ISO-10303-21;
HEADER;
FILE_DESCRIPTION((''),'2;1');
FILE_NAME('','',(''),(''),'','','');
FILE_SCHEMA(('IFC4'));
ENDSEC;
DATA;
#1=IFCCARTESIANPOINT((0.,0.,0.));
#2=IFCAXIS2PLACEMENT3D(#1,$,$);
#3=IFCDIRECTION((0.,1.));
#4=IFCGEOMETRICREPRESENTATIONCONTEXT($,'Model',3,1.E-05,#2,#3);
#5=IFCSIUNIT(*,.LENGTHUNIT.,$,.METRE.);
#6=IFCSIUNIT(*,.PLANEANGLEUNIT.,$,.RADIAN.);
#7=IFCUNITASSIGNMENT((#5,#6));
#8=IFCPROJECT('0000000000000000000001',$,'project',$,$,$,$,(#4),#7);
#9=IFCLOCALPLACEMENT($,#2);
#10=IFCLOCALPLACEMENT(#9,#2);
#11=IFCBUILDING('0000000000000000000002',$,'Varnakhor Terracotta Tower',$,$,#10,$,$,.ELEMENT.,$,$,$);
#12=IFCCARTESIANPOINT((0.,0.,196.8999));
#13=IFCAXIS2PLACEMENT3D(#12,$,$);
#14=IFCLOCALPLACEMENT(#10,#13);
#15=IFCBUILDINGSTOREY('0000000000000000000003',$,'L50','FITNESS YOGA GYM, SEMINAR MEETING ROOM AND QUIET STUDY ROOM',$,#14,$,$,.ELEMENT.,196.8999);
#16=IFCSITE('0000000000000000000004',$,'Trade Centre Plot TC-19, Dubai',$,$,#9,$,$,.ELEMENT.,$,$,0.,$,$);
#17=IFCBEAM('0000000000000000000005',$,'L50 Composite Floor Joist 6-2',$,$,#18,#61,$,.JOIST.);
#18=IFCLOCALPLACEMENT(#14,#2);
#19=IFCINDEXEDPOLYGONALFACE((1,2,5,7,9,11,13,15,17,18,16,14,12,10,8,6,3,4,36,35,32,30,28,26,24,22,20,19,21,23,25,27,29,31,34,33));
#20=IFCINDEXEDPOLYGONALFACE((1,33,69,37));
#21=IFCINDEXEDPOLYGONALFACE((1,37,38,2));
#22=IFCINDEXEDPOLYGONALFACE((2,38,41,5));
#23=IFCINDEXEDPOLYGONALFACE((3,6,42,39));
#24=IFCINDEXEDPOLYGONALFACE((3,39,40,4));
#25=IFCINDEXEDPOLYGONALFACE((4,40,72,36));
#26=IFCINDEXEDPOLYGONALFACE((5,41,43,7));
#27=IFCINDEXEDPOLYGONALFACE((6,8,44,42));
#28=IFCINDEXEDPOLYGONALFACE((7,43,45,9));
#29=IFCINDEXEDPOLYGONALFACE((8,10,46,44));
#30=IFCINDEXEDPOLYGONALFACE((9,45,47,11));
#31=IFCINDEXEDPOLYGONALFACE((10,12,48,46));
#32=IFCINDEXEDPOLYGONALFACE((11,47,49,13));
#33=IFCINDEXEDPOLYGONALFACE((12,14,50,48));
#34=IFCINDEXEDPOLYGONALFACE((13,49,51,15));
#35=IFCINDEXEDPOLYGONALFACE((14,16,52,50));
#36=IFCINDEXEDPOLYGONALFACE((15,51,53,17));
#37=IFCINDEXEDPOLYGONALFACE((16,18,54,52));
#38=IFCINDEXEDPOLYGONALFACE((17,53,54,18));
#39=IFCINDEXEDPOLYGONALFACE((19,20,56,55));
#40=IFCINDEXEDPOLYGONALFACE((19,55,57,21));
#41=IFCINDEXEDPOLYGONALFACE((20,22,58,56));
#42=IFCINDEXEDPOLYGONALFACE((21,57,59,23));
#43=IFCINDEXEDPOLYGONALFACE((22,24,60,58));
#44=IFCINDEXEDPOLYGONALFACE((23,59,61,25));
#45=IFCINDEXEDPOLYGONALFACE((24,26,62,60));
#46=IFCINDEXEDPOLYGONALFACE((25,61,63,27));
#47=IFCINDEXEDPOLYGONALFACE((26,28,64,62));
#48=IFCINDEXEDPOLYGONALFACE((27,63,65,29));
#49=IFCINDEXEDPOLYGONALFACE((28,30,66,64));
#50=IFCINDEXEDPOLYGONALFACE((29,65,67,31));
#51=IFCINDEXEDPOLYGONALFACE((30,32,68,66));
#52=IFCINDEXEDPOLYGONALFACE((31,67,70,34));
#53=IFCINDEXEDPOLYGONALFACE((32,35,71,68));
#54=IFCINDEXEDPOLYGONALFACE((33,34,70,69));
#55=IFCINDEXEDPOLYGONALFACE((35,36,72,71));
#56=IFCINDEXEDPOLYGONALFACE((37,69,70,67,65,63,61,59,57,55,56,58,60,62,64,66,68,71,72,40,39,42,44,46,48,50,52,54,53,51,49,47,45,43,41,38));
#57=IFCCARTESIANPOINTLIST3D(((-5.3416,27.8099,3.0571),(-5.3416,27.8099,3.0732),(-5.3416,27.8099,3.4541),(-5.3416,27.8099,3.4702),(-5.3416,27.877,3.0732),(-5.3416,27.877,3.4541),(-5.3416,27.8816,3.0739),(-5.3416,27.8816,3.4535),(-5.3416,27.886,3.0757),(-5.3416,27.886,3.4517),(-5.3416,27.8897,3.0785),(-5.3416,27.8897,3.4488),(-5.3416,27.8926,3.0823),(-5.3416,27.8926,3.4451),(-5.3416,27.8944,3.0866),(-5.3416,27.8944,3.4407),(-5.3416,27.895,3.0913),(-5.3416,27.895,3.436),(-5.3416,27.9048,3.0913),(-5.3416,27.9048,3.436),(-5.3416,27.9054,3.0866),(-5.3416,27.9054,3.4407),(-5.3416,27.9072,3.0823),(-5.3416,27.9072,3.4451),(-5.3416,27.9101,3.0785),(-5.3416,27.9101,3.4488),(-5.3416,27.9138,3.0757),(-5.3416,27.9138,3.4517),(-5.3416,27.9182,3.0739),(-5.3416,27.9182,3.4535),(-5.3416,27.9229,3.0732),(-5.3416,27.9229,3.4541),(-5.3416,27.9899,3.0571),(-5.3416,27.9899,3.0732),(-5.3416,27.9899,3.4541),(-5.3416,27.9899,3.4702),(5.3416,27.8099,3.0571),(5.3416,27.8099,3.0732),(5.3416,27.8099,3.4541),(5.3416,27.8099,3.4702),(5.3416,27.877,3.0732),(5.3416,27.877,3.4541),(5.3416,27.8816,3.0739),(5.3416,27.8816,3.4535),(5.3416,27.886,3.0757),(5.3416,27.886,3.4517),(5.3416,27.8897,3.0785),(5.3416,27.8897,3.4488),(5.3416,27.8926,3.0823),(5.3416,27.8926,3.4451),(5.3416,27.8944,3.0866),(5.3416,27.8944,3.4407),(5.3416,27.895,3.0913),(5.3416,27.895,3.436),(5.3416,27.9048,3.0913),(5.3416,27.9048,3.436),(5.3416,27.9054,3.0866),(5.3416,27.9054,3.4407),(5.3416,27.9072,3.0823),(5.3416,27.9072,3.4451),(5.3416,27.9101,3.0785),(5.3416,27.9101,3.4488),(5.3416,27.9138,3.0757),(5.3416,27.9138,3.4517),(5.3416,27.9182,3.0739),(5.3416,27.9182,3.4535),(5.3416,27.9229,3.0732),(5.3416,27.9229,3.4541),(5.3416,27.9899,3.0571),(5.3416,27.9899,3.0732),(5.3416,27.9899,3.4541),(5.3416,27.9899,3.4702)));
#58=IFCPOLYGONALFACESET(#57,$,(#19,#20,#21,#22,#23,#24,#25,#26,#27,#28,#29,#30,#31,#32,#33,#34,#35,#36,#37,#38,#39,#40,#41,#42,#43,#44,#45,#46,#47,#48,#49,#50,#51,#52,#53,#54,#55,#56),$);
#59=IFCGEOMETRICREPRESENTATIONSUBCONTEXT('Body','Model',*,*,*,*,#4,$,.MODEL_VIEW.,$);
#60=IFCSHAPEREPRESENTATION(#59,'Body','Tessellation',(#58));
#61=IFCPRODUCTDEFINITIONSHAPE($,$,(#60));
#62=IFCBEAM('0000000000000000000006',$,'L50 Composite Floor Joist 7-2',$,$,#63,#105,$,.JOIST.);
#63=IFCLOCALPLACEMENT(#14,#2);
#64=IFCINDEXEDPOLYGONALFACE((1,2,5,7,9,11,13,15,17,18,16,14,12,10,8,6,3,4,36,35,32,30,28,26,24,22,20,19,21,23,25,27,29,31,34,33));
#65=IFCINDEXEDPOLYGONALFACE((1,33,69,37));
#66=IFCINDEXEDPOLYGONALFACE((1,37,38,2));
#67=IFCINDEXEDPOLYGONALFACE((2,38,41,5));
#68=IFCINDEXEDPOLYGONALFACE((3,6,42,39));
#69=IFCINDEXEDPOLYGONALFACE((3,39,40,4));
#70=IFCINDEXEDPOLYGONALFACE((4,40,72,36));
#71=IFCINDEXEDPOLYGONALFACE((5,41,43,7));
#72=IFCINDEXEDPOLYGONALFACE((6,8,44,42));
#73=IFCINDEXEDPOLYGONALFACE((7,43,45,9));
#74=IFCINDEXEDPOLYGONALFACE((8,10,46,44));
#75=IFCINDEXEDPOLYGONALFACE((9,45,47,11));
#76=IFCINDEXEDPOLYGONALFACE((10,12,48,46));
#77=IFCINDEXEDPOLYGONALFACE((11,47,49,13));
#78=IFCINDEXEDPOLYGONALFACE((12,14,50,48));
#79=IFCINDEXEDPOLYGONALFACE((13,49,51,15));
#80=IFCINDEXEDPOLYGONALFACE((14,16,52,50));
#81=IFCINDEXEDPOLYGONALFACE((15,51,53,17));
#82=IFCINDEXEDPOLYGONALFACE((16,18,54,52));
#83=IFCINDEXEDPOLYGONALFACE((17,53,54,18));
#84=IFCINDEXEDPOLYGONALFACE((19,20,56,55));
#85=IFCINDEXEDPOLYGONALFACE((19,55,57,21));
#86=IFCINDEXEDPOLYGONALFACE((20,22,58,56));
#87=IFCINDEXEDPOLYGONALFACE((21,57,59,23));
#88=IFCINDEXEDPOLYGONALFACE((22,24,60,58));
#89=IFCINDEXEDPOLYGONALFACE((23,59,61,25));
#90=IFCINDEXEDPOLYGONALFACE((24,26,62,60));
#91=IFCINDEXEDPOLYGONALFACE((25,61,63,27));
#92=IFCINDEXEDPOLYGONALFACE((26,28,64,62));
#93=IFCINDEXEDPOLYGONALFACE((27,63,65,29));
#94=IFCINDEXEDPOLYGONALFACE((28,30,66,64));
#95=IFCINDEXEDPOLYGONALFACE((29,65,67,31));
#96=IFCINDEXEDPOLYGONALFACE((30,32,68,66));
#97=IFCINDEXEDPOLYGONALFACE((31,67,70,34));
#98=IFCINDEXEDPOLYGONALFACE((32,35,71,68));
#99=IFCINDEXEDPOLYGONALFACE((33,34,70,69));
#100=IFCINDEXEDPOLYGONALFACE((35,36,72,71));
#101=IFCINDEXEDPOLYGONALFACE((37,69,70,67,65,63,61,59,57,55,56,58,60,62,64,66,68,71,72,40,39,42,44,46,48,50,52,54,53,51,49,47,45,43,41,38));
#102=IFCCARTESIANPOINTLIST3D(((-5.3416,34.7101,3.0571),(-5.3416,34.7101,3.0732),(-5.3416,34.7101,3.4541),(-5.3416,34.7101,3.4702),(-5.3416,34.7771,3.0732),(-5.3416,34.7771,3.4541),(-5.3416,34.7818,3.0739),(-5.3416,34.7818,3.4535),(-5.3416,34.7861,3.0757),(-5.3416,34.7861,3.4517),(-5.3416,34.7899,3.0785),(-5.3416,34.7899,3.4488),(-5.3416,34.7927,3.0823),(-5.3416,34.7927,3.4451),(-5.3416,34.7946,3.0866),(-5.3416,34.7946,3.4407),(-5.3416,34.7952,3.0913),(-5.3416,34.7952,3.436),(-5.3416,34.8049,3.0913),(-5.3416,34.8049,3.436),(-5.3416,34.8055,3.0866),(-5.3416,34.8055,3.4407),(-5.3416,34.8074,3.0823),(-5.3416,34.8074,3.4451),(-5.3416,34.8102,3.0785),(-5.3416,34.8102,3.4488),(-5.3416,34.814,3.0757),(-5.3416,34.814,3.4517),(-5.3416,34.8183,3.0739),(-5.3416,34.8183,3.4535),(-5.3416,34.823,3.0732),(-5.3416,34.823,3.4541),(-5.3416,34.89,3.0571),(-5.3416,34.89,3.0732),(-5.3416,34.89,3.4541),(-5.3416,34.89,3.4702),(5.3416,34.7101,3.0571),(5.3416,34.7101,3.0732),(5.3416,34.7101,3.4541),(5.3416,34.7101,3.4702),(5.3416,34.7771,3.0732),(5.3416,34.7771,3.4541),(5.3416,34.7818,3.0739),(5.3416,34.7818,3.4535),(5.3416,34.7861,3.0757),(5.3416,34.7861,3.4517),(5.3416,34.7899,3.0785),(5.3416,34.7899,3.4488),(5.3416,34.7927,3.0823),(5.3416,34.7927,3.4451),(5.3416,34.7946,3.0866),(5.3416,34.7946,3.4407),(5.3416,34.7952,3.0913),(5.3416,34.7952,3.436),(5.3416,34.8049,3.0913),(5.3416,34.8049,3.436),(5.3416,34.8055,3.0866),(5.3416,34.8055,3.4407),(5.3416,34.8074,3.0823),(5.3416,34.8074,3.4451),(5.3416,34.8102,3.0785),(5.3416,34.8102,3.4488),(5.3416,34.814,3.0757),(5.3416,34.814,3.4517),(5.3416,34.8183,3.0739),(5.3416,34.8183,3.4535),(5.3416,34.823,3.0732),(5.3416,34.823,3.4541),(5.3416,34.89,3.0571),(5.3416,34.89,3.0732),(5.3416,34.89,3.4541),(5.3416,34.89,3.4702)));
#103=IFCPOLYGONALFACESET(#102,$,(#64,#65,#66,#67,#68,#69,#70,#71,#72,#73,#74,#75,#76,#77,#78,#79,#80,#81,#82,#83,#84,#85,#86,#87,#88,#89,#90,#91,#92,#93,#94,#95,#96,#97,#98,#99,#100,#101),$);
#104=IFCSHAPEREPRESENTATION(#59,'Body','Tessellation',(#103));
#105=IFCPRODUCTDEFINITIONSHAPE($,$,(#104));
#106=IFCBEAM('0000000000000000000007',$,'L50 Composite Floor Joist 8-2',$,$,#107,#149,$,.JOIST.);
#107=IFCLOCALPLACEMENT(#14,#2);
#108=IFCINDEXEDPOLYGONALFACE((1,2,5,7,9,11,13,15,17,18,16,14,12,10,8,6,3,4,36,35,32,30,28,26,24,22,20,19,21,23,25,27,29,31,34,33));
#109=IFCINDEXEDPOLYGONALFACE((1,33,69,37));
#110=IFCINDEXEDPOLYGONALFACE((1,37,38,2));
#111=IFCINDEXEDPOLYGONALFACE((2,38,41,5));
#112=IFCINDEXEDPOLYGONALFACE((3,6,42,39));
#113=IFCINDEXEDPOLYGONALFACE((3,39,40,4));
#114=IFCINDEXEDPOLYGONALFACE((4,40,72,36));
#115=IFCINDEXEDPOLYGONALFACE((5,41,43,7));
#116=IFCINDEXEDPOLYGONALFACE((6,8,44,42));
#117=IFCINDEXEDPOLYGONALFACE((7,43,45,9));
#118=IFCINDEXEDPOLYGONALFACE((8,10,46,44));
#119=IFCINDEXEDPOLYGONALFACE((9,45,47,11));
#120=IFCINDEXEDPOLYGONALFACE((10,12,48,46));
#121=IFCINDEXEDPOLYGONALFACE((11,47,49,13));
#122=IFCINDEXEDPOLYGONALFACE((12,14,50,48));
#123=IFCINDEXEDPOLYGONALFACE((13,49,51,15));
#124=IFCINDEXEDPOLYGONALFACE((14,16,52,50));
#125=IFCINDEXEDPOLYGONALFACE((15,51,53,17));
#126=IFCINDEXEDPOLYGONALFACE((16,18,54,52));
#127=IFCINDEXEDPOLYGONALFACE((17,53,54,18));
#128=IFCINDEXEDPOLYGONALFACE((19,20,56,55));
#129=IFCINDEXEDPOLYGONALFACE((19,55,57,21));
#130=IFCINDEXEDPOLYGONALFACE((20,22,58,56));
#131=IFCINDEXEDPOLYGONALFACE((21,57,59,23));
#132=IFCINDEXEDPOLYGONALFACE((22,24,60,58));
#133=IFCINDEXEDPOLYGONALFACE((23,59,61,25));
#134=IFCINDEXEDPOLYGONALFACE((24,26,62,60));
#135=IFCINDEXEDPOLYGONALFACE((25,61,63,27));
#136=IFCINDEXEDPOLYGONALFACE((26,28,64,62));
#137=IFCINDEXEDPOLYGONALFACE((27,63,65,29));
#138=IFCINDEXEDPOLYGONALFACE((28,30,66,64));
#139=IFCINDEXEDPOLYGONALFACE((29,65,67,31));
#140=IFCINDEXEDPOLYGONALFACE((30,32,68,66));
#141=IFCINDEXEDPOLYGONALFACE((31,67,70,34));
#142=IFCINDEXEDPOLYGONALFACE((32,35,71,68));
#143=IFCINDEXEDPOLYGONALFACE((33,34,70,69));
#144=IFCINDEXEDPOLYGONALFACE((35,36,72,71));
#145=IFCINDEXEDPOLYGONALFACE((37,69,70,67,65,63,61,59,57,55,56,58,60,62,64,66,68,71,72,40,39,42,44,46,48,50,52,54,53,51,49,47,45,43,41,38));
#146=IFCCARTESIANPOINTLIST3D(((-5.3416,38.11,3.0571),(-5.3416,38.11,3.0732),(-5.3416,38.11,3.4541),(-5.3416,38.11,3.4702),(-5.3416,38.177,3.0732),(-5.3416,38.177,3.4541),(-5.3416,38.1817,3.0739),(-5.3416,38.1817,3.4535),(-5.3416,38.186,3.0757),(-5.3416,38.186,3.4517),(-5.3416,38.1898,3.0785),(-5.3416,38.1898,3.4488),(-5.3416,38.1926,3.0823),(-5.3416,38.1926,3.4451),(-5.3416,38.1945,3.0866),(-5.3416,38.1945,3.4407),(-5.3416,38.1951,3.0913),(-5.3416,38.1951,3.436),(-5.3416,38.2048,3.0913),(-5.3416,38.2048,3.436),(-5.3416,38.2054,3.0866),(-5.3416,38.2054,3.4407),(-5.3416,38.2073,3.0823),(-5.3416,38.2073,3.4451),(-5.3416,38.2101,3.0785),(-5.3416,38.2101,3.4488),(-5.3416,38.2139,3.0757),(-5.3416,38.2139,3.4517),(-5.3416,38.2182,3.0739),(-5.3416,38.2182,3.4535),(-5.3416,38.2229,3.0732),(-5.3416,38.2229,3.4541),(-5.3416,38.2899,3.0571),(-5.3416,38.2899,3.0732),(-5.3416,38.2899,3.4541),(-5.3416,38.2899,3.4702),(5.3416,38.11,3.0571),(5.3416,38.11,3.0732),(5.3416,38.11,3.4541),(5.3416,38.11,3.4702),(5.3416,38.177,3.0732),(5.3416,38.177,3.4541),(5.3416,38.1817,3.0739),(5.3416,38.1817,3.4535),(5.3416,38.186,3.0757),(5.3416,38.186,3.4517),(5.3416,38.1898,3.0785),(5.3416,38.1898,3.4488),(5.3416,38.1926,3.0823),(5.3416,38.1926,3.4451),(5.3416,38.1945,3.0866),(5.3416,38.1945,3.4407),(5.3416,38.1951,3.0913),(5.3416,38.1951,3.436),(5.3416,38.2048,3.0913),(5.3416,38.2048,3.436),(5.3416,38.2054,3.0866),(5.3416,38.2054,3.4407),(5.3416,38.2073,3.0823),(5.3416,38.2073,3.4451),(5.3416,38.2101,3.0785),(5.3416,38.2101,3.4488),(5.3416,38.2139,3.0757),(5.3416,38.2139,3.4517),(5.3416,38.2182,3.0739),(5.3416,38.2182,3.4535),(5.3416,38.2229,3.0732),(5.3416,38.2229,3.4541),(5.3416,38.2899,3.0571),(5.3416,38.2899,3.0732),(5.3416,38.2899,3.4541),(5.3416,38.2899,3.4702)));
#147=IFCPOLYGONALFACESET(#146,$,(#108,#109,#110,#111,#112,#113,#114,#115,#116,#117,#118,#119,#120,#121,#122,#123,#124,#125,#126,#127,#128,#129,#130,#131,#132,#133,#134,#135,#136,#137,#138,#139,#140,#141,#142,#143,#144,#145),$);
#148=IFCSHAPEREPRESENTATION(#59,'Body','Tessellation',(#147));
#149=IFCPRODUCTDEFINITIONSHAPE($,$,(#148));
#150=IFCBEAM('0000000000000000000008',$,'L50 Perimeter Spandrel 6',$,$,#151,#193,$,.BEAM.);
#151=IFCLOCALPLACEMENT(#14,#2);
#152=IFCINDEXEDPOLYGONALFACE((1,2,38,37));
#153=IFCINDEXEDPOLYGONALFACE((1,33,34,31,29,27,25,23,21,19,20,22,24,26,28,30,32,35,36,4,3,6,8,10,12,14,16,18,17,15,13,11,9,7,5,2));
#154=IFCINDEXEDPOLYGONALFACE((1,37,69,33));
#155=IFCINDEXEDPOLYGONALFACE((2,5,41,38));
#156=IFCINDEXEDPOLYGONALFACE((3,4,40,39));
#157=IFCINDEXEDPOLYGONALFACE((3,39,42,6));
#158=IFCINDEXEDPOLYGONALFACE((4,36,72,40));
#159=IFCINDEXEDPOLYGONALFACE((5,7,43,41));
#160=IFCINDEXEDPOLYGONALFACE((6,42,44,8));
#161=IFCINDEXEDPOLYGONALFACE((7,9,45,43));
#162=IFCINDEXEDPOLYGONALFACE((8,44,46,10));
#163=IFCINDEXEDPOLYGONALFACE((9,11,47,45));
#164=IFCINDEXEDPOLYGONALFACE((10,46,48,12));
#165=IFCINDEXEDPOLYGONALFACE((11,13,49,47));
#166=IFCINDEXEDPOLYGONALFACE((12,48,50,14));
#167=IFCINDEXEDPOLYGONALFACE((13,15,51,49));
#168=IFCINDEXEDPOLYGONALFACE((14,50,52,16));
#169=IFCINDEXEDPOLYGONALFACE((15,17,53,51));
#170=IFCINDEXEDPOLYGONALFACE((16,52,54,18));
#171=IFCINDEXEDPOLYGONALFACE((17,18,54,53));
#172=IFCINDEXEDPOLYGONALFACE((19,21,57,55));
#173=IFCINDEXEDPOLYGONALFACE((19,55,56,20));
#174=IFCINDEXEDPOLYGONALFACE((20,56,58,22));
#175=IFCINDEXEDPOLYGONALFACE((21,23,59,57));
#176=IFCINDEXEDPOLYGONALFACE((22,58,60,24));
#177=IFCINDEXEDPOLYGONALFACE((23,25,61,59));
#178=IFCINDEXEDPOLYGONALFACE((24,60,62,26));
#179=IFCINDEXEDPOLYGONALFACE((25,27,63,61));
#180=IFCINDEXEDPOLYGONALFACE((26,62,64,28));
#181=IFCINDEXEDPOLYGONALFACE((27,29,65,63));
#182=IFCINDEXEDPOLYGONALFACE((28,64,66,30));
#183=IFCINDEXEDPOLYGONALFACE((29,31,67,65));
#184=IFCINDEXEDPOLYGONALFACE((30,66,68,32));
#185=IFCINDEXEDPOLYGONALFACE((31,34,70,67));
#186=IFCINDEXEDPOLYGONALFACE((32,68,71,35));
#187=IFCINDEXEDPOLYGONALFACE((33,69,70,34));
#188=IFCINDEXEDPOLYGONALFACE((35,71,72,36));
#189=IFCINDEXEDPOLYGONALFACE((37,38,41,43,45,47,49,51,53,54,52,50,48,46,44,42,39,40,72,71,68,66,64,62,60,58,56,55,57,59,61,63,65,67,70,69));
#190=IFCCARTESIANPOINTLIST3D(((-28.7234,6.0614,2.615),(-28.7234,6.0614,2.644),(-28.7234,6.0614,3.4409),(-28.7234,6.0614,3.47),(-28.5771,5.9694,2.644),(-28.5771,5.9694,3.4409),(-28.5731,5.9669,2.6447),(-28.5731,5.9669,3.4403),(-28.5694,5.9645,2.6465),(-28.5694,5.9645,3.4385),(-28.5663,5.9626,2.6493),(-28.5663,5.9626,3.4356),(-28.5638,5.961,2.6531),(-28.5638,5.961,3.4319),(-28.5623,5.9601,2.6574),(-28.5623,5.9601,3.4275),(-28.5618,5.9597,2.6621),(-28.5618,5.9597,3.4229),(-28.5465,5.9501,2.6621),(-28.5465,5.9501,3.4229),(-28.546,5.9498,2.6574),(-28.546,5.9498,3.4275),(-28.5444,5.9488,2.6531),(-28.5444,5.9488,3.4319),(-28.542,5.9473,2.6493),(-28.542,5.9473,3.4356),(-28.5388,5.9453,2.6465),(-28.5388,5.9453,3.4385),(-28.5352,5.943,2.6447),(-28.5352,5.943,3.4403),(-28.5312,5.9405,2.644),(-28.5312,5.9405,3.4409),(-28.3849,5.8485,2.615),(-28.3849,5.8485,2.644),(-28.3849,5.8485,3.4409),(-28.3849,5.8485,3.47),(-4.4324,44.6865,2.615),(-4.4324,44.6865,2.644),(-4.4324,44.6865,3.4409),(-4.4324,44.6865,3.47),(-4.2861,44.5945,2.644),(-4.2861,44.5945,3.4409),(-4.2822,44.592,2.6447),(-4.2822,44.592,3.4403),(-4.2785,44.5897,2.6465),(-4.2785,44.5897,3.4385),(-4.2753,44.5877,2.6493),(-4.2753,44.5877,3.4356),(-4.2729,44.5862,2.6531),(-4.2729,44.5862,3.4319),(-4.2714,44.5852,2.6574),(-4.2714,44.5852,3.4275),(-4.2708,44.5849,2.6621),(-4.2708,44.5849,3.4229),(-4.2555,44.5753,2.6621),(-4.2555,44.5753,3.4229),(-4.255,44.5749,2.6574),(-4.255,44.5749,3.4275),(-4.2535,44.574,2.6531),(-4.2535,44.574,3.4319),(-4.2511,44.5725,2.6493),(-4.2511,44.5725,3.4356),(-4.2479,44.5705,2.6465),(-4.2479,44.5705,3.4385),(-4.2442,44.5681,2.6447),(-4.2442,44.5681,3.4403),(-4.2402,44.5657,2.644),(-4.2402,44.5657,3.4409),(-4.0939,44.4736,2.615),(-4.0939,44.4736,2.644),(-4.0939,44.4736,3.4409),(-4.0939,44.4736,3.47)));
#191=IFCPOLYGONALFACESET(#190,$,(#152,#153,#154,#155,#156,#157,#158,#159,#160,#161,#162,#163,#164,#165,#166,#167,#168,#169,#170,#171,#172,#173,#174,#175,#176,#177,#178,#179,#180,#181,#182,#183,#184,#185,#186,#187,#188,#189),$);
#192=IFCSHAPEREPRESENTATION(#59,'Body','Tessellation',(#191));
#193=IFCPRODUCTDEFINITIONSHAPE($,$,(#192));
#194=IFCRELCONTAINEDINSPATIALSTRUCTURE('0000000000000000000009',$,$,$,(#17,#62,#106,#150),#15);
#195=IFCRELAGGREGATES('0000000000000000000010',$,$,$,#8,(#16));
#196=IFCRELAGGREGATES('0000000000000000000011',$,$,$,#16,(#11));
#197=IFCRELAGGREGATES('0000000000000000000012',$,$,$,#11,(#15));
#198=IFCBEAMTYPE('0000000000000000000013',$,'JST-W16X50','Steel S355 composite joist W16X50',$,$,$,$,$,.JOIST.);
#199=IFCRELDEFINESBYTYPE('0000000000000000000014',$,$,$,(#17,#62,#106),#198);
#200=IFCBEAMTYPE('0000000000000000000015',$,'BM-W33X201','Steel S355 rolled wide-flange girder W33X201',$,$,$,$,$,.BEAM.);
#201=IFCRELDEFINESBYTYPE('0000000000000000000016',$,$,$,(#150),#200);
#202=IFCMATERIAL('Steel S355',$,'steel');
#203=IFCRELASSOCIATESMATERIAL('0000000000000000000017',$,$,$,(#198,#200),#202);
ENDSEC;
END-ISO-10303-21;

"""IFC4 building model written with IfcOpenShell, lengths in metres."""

from ifc_helpers import new_model, si_unit, direction, frame, origin, origin_2d, place, context, subcontext, project, spatial, i_section, extrude, source, transform, mapped, material, material_profile, profile_set, type_object, element, save


model = new_model("IFC4")

# Units and contexts
model_context = context("Model", 3, precision=1e-05, world=origin(), true_north=direction((0.0, 1.0)))
body_context = subcontext(model_context, "Body", "Model", "MODEL_VIEW")
ifc_project = project(units=[si_unit("LENGTHUNIT", "METRE"), si_unit("PLANEANGLEUNIT", "RADIAN")], contexts=[model_context])

# Site, building, storey
site_placement = place(None, origin())
site = spatial("IfcSite", under=ifc_project, at=site_placement, Name="Trade Centre Plot TC-19, Dubai", CompositionType="ELEMENT", RefElevation=0.0)
building_placement = place(site_placement, origin())
building = spatial("IfcBuilding", under=site, at=building_placement, Name="Varnakhor Terracotta Tower", CompositionType="ELEMENT")
storey_placement = place(building_placement, frame((0.0, 0.0, 196.8999)))
storey = spatial("IfcBuildingStorey", under=building, at=storey_placement, Name="L50", Description="FITNESS YOGA GYM, SEMINAR MEETING ROOM AND QUIET STUDY ROOM", CompositionType="ELEMENT", Elevation=196.8999)

# Beams
ifc_material_1 = material(Name="Steel S355", Category="steel")
ifc_material_profile_1 = material_profile(ifc_material_1, i_section(OverallWidth=0.1799, OverallDepth=0.4131, WebThickness=0.0098, FlangeThickness=0.0161, FilletRadius=0.0181, at=origin_2d()), Name="W16X50")
ifc_profile_set_1 = profile_set([ifc_material_profile_1], Name="Steel S355")
beam_type_1 = type_object("IfcBeamType", Name="JST-W16X50", Description="Steel S355 composite joist W16X50", PredefinedType="JOIST", material=ifc_profile_set_1)
shared_shape_1 = source(origin(), body_context, "Body", "SweptSolid", [
    extrude(i_section(OverallWidth=0.1799, OverallDepth=0.4131, WebThickness=0.0098, FlangeThickness=0.0161, FilletRadius=0.0181, at=origin_2d()), origin(), (0.0, 0.0, 1.0), 10.6831),
])
for number, where, z_axis, x_axis, name in (
    (1, (-5.3416, 27.8999, 3.2637), (1.0, 0.0, 0.0), (0.0, 1.0, 0.0), "L50 Composite Floor Joist 6-2"),
    (2, (-5.3416, 34.8, 3.2637), (1.0, 0.0, 0.0), (0.0, 1.0, 0.0), "L50 Composite Floor Joist 7-2"),
    (3, (-5.3416, 38.2, 3.2637), (1.0, 0.0, 0.0), (0.0, 1.0, 0.0), "L50 Composite Floor Joist 8-2"),
):
    element("IfcBeam", number, at=place(storey_placement, frame(where, z_axis=z_axis, x_axis=x_axis)), inside=storey, type_object=beam_type_1, Name=name, PredefinedType="JOIST", context=body_context, shape_type="MappedRepresentation", body=[
        mapped(shared_shape_1, transform((0.0, 0.0, 0.0), scale=1.0)),
    ])
ifc_material_profile_2 = material_profile(ifc_material_1, i_section(OverallWidth=0.3999, OverallDepth=0.855, WebThickness=0.0181, FlangeThickness=0.0291, FilletRadius=0.0181, at=origin_2d()), Name="W33X201")
ifc_profile_set_2 = profile_set([ifc_material_profile_2], Name="Steel S355")
beam_type_2 = type_object("IfcBeamType", Name="BM-W33X201", Description="Steel S355 rolled wide-flange girder W33X201", PredefinedType="BEAM", material=ifc_profile_set_2)
shared_shape_2 = source(origin(), body_context, "Body", "SweptSolid", [
    extrude(i_section(OverallWidth=0.3999, OverallDepth=0.855, WebThickness=0.0181, FlangeThickness=0.0291, FilletRadius=0.0181, at=origin_2d()), origin(), (0.0, 0.0, 1.0), 45.6284),
])
beam_1_placement = place(storey_placement, frame((-4.2632, 44.5801, 3.0425), z_axis=(-0.532365, -0.846515, 0.0), x_axis=(0.846515, -0.532365, 0.0)))
element("IfcBeam", 4, at=beam_1_placement, inside=storey, type_object=beam_type_2, Name="L50 Perimeter Spandrel 6", PredefinedType="BEAM", context=body_context, shape_type="MappedRepresentation", body=[
    mapped(shared_shape_2, transform((0.0, 0.0, 0.0), scale=1.0)),
])

save(model, "model.ifc")
